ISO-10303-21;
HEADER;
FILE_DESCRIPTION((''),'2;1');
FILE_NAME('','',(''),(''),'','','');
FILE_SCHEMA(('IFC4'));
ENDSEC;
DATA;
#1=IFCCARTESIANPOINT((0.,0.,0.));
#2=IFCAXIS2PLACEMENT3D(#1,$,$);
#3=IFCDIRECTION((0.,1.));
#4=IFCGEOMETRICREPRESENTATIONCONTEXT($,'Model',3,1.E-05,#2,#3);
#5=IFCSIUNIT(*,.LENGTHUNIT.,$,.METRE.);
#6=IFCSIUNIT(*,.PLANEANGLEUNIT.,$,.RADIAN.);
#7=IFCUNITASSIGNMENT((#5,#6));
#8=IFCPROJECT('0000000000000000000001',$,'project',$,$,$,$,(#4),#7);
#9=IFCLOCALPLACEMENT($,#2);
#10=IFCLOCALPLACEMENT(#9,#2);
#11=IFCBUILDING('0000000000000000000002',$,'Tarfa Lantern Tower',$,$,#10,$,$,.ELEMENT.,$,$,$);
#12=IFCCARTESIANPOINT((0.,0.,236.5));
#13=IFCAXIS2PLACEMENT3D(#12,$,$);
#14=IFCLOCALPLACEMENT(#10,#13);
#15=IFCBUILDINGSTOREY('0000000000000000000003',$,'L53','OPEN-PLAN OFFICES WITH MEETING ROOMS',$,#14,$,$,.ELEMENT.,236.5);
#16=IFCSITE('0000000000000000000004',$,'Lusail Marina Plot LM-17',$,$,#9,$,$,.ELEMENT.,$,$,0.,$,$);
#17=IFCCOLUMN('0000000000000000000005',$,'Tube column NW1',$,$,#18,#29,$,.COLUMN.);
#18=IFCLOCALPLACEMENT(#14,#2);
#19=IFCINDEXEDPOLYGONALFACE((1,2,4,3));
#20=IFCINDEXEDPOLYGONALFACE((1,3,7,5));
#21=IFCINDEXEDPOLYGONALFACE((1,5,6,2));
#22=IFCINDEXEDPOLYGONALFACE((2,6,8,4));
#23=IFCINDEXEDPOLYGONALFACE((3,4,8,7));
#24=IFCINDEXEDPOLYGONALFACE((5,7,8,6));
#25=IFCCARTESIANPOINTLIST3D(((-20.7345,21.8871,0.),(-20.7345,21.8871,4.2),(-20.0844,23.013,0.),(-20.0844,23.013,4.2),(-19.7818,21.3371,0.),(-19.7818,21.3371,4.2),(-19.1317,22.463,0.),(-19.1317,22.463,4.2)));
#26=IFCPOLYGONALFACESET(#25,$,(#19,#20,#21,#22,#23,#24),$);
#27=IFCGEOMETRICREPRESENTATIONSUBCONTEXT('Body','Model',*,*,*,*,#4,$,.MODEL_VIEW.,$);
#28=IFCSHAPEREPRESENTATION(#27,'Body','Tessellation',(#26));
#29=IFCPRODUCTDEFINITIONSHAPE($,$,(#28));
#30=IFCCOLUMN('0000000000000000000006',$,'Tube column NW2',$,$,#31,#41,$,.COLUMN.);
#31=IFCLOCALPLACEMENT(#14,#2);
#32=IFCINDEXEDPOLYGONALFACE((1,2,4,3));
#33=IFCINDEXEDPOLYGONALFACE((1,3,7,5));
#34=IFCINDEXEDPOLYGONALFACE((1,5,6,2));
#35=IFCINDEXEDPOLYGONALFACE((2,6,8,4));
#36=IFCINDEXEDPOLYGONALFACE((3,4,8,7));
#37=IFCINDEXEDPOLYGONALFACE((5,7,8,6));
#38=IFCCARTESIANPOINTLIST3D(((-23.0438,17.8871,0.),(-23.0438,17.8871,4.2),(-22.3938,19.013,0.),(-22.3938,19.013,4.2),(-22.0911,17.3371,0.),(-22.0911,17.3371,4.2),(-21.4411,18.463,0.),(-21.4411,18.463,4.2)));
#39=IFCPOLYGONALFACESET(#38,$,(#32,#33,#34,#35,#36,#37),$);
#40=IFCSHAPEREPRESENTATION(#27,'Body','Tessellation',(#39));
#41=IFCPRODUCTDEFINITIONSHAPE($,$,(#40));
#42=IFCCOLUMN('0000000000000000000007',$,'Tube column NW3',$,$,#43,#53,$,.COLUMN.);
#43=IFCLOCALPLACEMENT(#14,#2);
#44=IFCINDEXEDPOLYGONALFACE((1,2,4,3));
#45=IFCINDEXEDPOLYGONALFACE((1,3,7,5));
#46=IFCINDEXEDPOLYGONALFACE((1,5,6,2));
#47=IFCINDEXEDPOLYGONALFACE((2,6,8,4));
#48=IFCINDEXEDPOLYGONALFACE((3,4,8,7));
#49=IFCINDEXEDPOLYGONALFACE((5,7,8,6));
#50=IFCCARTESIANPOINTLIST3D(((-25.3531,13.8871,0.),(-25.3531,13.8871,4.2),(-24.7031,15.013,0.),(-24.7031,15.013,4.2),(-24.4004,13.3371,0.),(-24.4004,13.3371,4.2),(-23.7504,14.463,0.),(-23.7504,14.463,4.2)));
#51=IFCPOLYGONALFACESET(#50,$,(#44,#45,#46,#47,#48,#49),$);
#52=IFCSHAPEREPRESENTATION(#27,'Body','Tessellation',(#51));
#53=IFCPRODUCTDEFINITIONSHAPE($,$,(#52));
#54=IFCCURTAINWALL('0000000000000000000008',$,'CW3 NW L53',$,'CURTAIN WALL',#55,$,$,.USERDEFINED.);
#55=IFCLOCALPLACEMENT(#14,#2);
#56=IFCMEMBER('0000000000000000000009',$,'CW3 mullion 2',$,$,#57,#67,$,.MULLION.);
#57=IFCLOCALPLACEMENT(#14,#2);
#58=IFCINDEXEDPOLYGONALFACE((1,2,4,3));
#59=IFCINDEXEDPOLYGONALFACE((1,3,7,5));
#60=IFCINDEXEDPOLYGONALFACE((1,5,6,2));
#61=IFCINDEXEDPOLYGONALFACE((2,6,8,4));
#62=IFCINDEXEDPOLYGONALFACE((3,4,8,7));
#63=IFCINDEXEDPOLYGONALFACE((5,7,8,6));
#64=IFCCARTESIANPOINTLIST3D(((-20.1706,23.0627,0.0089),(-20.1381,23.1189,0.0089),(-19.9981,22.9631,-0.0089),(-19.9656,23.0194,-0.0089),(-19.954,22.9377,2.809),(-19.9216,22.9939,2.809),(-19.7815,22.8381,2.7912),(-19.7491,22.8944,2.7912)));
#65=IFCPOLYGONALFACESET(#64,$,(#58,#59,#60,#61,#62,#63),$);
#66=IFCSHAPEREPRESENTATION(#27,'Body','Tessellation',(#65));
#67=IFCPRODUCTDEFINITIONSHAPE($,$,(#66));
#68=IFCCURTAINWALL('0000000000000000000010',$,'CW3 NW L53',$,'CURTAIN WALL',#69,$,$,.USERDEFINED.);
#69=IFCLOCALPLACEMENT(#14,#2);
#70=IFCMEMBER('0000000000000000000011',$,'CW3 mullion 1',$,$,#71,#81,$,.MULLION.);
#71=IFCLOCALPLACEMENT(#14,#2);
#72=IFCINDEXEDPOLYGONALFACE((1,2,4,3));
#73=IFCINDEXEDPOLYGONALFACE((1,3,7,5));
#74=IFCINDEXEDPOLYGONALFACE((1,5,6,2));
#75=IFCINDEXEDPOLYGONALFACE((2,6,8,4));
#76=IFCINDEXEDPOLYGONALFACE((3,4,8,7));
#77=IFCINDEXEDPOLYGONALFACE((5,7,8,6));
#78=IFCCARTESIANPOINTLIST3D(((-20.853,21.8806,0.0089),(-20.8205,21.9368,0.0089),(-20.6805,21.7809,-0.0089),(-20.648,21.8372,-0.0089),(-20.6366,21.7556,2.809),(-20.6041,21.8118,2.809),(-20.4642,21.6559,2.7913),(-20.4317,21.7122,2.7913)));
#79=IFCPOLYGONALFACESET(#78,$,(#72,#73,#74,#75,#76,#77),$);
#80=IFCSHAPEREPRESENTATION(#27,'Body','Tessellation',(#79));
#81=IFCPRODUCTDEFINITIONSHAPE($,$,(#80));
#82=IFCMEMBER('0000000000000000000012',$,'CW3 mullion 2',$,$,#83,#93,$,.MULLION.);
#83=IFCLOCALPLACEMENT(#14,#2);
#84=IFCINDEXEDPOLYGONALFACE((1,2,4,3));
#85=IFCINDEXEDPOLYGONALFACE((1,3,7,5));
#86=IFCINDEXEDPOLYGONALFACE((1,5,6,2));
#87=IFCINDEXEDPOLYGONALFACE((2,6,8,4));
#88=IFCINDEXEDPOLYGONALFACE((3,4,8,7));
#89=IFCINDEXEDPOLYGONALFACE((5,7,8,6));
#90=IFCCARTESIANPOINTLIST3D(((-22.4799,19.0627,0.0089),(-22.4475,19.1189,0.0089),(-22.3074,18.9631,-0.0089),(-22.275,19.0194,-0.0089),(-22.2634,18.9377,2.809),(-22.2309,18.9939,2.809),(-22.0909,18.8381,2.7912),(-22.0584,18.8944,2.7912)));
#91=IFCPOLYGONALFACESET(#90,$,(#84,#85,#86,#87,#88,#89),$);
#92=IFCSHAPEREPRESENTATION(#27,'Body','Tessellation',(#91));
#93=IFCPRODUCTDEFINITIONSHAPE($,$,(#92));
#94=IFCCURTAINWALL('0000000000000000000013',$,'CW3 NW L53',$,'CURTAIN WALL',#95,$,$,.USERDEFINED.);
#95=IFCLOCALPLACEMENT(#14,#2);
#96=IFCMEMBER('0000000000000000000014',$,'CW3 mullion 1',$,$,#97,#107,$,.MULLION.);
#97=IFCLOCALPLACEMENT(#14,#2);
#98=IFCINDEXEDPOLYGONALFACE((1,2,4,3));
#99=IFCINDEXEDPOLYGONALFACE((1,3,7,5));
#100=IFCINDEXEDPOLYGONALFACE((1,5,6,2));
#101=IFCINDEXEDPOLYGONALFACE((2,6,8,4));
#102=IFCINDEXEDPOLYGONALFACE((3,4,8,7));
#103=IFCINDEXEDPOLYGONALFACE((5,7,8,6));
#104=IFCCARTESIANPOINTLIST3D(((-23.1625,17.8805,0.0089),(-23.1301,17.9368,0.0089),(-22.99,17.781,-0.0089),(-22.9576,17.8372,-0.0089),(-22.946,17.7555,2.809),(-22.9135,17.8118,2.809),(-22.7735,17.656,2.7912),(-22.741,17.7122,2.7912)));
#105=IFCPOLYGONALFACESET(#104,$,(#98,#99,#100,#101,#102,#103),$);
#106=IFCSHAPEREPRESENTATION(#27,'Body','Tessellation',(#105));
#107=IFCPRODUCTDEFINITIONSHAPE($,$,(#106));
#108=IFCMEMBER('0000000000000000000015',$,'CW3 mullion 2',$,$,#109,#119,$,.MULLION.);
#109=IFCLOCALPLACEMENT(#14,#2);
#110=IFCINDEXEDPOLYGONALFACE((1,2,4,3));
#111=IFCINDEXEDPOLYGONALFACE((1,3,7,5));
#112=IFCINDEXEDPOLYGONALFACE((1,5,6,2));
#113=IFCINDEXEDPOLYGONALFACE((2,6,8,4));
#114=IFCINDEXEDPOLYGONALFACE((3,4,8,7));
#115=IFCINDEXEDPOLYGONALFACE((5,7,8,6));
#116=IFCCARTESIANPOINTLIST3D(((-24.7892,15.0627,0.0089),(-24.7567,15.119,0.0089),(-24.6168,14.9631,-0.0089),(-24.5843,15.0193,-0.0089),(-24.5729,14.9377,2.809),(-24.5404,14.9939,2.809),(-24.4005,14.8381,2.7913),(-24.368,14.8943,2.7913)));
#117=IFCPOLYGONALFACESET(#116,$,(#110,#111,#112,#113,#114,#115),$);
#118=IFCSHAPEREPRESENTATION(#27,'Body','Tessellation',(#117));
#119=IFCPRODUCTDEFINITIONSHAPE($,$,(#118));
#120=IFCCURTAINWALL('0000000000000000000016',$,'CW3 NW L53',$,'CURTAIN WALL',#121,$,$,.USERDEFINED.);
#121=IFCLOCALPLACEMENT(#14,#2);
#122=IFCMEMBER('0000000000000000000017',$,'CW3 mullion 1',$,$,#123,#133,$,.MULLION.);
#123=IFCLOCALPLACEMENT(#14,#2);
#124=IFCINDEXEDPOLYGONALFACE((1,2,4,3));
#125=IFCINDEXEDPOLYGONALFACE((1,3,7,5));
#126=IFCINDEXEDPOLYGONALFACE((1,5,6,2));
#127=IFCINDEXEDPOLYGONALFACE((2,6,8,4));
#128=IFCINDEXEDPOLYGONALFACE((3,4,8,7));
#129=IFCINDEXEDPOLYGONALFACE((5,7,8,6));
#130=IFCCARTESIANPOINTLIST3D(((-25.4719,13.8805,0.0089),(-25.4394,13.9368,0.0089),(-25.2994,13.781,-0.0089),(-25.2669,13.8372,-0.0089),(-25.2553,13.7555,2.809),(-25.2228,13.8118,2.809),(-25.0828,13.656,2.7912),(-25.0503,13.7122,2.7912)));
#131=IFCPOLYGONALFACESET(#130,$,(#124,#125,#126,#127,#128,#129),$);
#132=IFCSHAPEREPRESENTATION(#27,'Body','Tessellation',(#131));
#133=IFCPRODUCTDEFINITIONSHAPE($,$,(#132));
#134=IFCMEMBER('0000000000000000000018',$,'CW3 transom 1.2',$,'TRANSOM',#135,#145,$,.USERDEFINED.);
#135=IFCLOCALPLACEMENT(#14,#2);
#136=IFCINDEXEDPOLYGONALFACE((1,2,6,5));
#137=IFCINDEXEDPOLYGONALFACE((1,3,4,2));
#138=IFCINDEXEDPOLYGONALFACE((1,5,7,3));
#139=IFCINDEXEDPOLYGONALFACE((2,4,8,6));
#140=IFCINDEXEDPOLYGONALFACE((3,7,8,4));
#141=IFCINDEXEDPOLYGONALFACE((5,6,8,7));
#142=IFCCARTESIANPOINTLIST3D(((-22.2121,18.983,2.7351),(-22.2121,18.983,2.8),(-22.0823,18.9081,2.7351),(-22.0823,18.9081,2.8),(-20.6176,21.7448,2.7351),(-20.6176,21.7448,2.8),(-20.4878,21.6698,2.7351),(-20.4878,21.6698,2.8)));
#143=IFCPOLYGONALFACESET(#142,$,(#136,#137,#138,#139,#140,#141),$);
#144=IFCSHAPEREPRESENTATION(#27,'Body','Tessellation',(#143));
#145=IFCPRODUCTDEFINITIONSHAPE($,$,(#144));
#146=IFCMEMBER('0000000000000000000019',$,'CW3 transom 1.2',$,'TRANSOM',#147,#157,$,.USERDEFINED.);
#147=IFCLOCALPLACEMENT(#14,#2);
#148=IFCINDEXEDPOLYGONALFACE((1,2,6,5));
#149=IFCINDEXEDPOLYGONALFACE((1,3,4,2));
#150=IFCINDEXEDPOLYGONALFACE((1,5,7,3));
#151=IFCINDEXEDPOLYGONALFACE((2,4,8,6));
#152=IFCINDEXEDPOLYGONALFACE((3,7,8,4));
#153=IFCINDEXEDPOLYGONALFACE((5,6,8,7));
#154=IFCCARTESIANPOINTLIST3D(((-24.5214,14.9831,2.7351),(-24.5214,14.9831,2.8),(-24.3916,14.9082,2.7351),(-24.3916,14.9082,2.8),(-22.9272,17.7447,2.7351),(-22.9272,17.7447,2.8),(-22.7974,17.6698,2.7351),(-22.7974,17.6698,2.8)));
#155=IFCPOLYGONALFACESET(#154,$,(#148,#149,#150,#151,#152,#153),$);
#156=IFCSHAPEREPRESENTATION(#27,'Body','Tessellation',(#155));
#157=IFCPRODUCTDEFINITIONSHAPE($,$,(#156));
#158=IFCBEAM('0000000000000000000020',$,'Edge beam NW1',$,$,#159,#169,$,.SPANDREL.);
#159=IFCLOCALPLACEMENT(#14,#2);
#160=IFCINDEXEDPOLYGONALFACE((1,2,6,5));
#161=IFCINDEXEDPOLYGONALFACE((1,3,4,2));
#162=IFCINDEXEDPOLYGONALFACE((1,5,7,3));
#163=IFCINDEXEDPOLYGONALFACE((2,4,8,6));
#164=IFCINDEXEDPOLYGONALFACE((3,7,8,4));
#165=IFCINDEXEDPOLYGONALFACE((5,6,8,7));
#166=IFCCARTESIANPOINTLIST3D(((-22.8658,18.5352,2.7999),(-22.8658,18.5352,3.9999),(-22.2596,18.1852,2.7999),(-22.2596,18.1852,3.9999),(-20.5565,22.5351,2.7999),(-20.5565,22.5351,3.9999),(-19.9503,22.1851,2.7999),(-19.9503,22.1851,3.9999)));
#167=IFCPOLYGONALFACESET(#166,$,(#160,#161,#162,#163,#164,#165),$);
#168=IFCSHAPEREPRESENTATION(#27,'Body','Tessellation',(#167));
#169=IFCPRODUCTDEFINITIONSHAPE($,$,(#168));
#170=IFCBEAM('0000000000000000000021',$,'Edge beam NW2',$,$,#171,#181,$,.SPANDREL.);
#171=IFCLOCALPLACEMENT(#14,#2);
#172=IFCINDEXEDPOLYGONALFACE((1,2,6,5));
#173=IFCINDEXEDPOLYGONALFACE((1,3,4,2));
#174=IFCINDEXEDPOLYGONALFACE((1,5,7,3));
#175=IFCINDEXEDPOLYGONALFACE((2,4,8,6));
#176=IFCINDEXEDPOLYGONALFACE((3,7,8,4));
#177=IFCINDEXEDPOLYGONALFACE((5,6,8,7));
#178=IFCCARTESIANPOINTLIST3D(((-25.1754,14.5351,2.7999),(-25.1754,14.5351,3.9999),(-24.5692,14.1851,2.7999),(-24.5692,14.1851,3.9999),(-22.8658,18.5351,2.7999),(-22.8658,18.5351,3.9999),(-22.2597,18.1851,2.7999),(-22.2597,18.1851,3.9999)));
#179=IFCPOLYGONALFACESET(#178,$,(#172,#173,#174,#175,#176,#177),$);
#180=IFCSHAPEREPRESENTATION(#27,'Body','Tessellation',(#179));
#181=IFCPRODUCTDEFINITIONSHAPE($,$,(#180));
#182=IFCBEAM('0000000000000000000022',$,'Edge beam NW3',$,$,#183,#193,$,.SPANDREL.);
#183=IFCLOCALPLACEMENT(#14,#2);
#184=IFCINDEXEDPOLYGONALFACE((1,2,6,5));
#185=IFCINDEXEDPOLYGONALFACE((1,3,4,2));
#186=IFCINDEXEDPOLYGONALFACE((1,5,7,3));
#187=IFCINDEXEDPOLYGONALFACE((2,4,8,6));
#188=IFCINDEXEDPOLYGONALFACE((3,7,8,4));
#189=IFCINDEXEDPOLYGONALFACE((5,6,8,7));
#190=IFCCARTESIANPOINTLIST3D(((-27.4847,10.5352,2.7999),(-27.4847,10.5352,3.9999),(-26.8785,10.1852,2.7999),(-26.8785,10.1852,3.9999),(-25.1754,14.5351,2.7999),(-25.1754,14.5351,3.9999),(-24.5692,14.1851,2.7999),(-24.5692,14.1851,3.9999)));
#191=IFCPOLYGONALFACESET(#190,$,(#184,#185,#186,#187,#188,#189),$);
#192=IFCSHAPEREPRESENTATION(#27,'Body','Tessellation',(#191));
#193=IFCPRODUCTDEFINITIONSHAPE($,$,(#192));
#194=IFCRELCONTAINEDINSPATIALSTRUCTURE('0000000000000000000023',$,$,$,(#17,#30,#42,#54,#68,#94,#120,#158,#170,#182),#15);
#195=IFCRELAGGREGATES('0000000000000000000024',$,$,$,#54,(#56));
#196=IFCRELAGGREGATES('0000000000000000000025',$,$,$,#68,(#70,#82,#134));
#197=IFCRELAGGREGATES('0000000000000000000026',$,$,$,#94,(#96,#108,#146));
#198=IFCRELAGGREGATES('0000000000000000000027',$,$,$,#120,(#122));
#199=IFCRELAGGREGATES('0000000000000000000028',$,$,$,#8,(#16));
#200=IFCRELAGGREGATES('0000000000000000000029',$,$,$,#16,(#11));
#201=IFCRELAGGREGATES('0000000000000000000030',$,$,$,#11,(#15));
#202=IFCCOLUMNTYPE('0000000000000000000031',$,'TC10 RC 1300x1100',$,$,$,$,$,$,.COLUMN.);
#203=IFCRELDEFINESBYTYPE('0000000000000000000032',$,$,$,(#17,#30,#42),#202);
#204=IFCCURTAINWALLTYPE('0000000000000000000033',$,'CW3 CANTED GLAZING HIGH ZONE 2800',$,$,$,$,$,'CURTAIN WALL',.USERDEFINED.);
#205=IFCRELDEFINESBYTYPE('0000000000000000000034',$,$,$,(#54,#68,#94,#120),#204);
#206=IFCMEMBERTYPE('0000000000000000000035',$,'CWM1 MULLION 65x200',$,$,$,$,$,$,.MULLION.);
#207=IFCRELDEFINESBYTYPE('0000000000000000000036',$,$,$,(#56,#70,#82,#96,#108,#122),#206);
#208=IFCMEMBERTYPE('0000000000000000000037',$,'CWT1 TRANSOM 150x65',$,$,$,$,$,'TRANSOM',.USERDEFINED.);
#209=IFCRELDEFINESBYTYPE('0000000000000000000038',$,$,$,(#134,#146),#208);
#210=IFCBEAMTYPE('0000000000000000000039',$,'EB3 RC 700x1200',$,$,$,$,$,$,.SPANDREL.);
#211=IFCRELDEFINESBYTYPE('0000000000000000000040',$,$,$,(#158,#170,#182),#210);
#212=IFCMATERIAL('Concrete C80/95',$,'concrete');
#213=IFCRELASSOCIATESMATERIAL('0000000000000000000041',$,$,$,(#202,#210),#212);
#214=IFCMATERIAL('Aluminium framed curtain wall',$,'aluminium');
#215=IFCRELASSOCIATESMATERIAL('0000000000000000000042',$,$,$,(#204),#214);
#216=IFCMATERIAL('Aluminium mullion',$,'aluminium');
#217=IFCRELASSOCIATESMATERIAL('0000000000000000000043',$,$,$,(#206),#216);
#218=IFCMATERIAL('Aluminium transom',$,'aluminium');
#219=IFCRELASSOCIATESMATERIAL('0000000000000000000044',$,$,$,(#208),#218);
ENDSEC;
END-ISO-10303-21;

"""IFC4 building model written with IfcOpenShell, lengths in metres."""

from ifc_helpers import new_model, si_unit, direction, frame, origin, origin_2d, place, context, subcontext, project, spatial, rectangle, extrude, material, material_profile, profile_set, type_object, element, aggregate, save


model = new_model("IFC4")

# Units and contexts
model_context = context("Model", 3, precision=1e-05, world=origin(), true_north=direction((0.0, 1.0)))
body_context = subcontext(model_context, "Body", "Model", "MODEL_VIEW")
ifc_project = project(units=[si_unit("LENGTHUNIT", "METRE"), si_unit("PLANEANGLEUNIT", "RADIAN")], contexts=[model_context])

# Site, building, storey
site_placement = place(None, origin())
site = spatial("IfcSite", under=ifc_project, at=site_placement, Name="Lusail Marina Plot LM-17", CompositionType="ELEMENT", RefElevation=0.0)
building_placement = place(site_placement, origin())
building = spatial("IfcBuilding", under=site, at=building_placement, Name="Tarfa Lantern Tower", CompositionType="ELEMENT")
storey_placement = place(building_placement, frame((0.0, 0.0, 236.5)))
storey = spatial("IfcBuildingStorey", under=building, at=storey_placement, Name="L53", Description="OPEN-PLAN OFFICES WITH MEETING ROOMS", CompositionType="ELEMENT", Elevation=236.5)

# Columns
ifc_material_1 = material(Name="Concrete C80/95", Category="concrete")
ifc_material_profile_1 = material_profile(ifc_material_1, rectangle(XDim=1.3, YDim=1.1001, at=origin_2d()), Name="RC 1300x1100")
ifc_profile_set_1 = profile_set([ifc_material_profile_1], Name="Concrete C80/95")
column_type = type_object("IfcColumnType", Name="TC10 RC 1300x1100", PredefinedType="COLUMN", material=ifc_profile_set_1)
for number, where, z_axis, x_axis, name in (
    (1, (-19.9331, 22.175, 0.0), (0.0, 0.0, 1.0), (-0.5, -0.866025, 0.0), "Tube column NW1"),
    (2, (-22.2424, 18.175, 0.0), (0.0, 0.0, 1.0), (-0.5, -0.866025, 0.0), "Tube column NW2"),
    (3, (-24.5518, 14.175, 0.0), (0.0, 0.0, 1.0), (-0.5, -0.866025, 0.0), "Tube column NW3"),
):
    element("IfcColumn", number, at=place(storey_placement, frame(where, z_axis=z_axis, x_axis=x_axis)), inside=storey, type_object=column_type, Name=name, PredefinedType="COLUMN", context=body_context, shape_type="SweptSolid", body=[
        extrude(rectangle(XDim=1.3, YDim=1.1001, at=origin_2d()), origin(), (0.0, 0.0, 1.0), 4.2),
    ])

# Curtain wall, member
ifc_material_2 = material(Name="Aluminium framed curtain wall", Category="aluminium")
curtain_wall_type = type_object("IfcCurtainWallType", Name="CW3 CANTED GLAZING HIGH ZONE 2800", ElementType="CURTAIN WALL", PredefinedType="USERDEFINED", material=ifc_material_2)
curtain_wall_1_placement = place(storey_placement, origin())
curtain_wall_1 = element("IfcCurtainWall", 4, at=curtain_wall_1_placement, inside=storey, type_object=curtain_wall_type, Name="CW3 NW L53", ObjectType="CURTAIN WALL", PredefinedType="USERDEFINED")
ifc_material_3 = material(Name="Aluminium mullion", Category="aluminium")
ifc_material_profile_2 = material_profile(ifc_material_3, rectangle(XDim=0.0649, YDim=0.2, at=origin_2d()), Name="AL MULLION 65x200")
ifc_profile_set_2 = profile_set([ifc_material_profile_2], Name="Aluminium mullion")
member_type_1 = type_object("IfcMemberType", Name="CWM1 MULLION 65x200", PredefinedType="MULLION", material=ifc_profile_set_2)
member_1_placement = place(storey_placement, frame((-20.0681, 23.041, 0.0), z_axis=(0.077032, -0.044465, 0.996037), x_axis=(0.49992, 0.866072, 0.0)))
member_1 = element("IfcMember", 5, at=member_1_placement, type_object=member_type_1, Name="CW3 mullion 2", PredefinedType="MULLION", context=body_context, shape_type="SweptSolid", body=[
    extrude(rectangle(XDim=0.0649, YDim=0.2, at=origin_2d()), origin(), (0.0, 0.0, 1.0), 2.8113),
])

# Curtain walls, members
curtain_wall_2_placement = place(storey_placement, origin())
curtain_wall_2 = element("IfcCurtainWall", 6, at=curtain_wall_2_placement, inside=storey, type_object=curtain_wall_type, Name="CW3 NW L53", ObjectType="CURTAIN WALL", PredefinedType="USERDEFINED")
member_2_placement = place(storey_placement, frame((-20.7505, 21.8589, 0.0), z_axis=(0.076946, -0.044465, 0.996043), x_axis=(0.500343, 0.865827, 0.0)))
member_2 = element("IfcMember", 7, at=member_2_placement, type_object=member_type_1, Name="CW3 mullion 1", PredefinedType="MULLION", context=body_context, shape_type="SweptSolid", body=[
    extrude(rectangle(XDim=0.0649, YDim=0.2, at=origin_2d()), origin(), (0.0, 0.0, 1.0), 2.8113),
])
member_3_placement = place(storey_placement, frame((-22.3774, 19.041, 0.0), z_axis=(0.077032, -0.044465, 0.996037), x_axis=(0.49992, 0.866072, 0.0)))
member_3 = element("IfcMember", 8, at=member_3_placement, type_object=member_type_1, Name="CW3 mullion 2", PredefinedType="MULLION", context=body_context, shape_type="SweptSolid", body=[
    extrude(rectangle(XDim=0.0649, YDim=0.2, at=origin_2d()), origin(), (0.0, 0.0, 1.0), 2.8113),
])
curtain_wall_3_placement = place(storey_placement, origin())
curtain_wall_3 = element("IfcCurtainWall", 9, at=curtain_wall_3_placement, inside=storey, type_object=curtain_wall_type, Name="CW3 NW L53", ObjectType="CURTAIN WALL", PredefinedType="USERDEFINED")
member_4_placement = place(storey_placement, frame((-23.0601, 17.8589, 0.0), z_axis=(0.077032, -0.044465, 0.996037), x_axis=(0.49992, 0.866072, 0.0)))
member_4 = element("IfcMember", 10, at=member_4_placement, type_object=member_type_1, Name="CW3 mullion 1", PredefinedType="MULLION", context=body_context, shape_type="SweptSolid", body=[
    extrude(rectangle(XDim=0.0649, YDim=0.2, at=origin_2d()), origin(), (0.0, 0.0, 1.0), 2.8113),
])
member_5_placement = place(storey_placement, frame((-24.6868, 15.041, 0.0), z_axis=(0.076946, -0.044465, 0.996043), x_axis=(0.500343, 0.865827, 0.0)))
member_5 = element("IfcMember", 11, at=member_5_placement, type_object=member_type_1, Name="CW3 mullion 2", PredefinedType="MULLION", context=body_context, shape_type="SweptSolid", body=[
    extrude(rectangle(XDim=0.0649, YDim=0.2, at=origin_2d()), origin(), (0.0, 0.0, 1.0), 2.8113),
])

# Curtain wall, member
curtain_wall_4_placement = place(storey_placement, origin())
curtain_wall_4 = element("IfcCurtainWall", 12, at=curtain_wall_4_placement, inside=storey, type_object=curtain_wall_type, Name="CW3 NW L53", ObjectType="CURTAIN WALL", PredefinedType="USERDEFINED")
member_6_placement = place(storey_placement, frame((-25.3694, 13.8589, 0.0), z_axis=(0.077032, -0.044465, 0.996037), x_axis=(0.49992, 0.866072, 0.0)))
member_6 = element("IfcMember", 13, at=member_6_placement, type_object=member_type_1, Name="CW3 mullion 1", PredefinedType="MULLION", context=body_context, shape_type="SweptSolid", body=[
    extrude(rectangle(XDim=0.0649, YDim=0.2, at=origin_2d()), origin(), (0.0, 0.0, 1.0), 2.8113),
])

# Members
ifc_material_4 = material(Name="Aluminium transom", Category="aluminium")
ifc_material_profile_3 = material_profile(ifc_material_4, rectangle(XDim=0.1499, YDim=0.0649, at=origin_2d()), Name="AL TRANSOM 150x65")
ifc_profile_set_3 = profile_set([ifc_material_profile_3], Name="Aluminium transom")
member_type_2 = type_object("IfcMemberType", Name="CWT1 TRANSOM 150x65", ElementType="TRANSOM", PredefinedType="USERDEFINED", material=ifc_profile_set_3)
member_7_placement = place(storey_placement, frame((-20.5527, 21.7073, 2.7676), z_axis=(-0.500001, -0.866025, 0.0), x_axis=(0.866025, -0.500001, 0.0)))
member_7 = element("IfcMember", 14, at=member_7_placement, type_object=member_type_2, Name="CW3 transom 1.2", ObjectType="TRANSOM", PredefinedType="USERDEFINED", context=body_context, shape_type="SweptSolid", body=[
    extrude(rectangle(XDim=0.1499, YDim=0.0649, at=origin_2d()), origin(), (0.0, 0.0, 1.0), 3.189),
])
member_8_placement = place(storey_placement, frame((-22.8623, 17.7073, 2.7676), z_axis=(-0.499943, -0.866058, 0.0), x_axis=(0.866058, -0.499943, 0.0)))
member_8 = element("IfcMember", 15, at=member_8_placement, type_object=member_type_2, Name="CW3 transom 1.2", ObjectType="TRANSOM", PredefinedType="USERDEFINED", context=body_context, shape_type="SweptSolid", body=[
    extrude(rectangle(XDim=0.1499, YDim=0.0649, at=origin_2d()), origin(), (0.0, 0.0, 1.0), 3.1887),
])

# Beams
ifc_material_profile_4 = material_profile(ifc_material_1, rectangle(XDim=0.7, YDim=1.2, at=origin_2d()), Name="RC 700x1200")
ifc_profile_set_4 = profile_set([ifc_material_profile_4], Name="Concrete C80/95")
beam_type_1 = type_object("IfcBeamType", Name="EB3 RC 700x1200", PredefinedType="SPANDREL", material=ifc_profile_set_4)
beam_1_placement = place(storey_placement, frame((-20.2534, 22.3601, 3.3999), z_axis=(-0.499988, -0.866032, 0.0), x_axis=(0.866032, -0.499988, 0.0)))
element("IfcBeam", 16, at=beam_1_placement, inside=storey, type_object=beam_type_1, Name="Edge beam NW1", PredefinedType="SPANDREL", context=body_context, shape_type="SweptSolid", body=[
    extrude(rectangle(XDim=0.7, YDim=1.2, at=origin_2d()), origin(), (0.0, 0.0, 1.0), 4.6187),
])
beam_2_placement = place(storey_placement, frame((-22.5627, 18.3601, 3.3999), z_axis=(-0.500027, -0.86601, 0.0), x_axis=(0.86601, -0.500027, 0.0)))
element("IfcBeam", 17, at=beam_2_placement, inside=storey, type_object=beam_type_1, Name="Edge beam NW2", PredefinedType="SPANDREL", context=body_context, shape_type="SweptSolid", body=[
    extrude(rectangle(XDim=0.7, YDim=1.2, at=origin_2d()), origin(), (0.0, 0.0, 1.0), 4.6189),
])
beam_3_placement = place(storey_placement, frame((-24.8723, 14.3601, 3.3999), z_axis=(-0.499988, -0.866032, 0.0), x_axis=(0.866032, -0.499988, 0.0)))
element("IfcBeam", 18, at=beam_3_placement, inside=storey, type_object=beam_type_1, Name="Edge beam NW3", PredefinedType="SPANDREL", context=body_context, shape_type="SweptSolid", body=[
    extrude(rectangle(XDim=0.7, YDim=1.2, at=origin_2d()), origin(), (0.0, 0.0, 1.0), 4.6187),
])

aggregate(curtain_wall_1, [member_1])
aggregate(curtain_wall_2, [member_2, member_3, member_7])
aggregate(curtain_wall_3, [member_4, member_5, member_8])
aggregate(curtain_wall_4, [member_6])

save(model, "model.ifc")
